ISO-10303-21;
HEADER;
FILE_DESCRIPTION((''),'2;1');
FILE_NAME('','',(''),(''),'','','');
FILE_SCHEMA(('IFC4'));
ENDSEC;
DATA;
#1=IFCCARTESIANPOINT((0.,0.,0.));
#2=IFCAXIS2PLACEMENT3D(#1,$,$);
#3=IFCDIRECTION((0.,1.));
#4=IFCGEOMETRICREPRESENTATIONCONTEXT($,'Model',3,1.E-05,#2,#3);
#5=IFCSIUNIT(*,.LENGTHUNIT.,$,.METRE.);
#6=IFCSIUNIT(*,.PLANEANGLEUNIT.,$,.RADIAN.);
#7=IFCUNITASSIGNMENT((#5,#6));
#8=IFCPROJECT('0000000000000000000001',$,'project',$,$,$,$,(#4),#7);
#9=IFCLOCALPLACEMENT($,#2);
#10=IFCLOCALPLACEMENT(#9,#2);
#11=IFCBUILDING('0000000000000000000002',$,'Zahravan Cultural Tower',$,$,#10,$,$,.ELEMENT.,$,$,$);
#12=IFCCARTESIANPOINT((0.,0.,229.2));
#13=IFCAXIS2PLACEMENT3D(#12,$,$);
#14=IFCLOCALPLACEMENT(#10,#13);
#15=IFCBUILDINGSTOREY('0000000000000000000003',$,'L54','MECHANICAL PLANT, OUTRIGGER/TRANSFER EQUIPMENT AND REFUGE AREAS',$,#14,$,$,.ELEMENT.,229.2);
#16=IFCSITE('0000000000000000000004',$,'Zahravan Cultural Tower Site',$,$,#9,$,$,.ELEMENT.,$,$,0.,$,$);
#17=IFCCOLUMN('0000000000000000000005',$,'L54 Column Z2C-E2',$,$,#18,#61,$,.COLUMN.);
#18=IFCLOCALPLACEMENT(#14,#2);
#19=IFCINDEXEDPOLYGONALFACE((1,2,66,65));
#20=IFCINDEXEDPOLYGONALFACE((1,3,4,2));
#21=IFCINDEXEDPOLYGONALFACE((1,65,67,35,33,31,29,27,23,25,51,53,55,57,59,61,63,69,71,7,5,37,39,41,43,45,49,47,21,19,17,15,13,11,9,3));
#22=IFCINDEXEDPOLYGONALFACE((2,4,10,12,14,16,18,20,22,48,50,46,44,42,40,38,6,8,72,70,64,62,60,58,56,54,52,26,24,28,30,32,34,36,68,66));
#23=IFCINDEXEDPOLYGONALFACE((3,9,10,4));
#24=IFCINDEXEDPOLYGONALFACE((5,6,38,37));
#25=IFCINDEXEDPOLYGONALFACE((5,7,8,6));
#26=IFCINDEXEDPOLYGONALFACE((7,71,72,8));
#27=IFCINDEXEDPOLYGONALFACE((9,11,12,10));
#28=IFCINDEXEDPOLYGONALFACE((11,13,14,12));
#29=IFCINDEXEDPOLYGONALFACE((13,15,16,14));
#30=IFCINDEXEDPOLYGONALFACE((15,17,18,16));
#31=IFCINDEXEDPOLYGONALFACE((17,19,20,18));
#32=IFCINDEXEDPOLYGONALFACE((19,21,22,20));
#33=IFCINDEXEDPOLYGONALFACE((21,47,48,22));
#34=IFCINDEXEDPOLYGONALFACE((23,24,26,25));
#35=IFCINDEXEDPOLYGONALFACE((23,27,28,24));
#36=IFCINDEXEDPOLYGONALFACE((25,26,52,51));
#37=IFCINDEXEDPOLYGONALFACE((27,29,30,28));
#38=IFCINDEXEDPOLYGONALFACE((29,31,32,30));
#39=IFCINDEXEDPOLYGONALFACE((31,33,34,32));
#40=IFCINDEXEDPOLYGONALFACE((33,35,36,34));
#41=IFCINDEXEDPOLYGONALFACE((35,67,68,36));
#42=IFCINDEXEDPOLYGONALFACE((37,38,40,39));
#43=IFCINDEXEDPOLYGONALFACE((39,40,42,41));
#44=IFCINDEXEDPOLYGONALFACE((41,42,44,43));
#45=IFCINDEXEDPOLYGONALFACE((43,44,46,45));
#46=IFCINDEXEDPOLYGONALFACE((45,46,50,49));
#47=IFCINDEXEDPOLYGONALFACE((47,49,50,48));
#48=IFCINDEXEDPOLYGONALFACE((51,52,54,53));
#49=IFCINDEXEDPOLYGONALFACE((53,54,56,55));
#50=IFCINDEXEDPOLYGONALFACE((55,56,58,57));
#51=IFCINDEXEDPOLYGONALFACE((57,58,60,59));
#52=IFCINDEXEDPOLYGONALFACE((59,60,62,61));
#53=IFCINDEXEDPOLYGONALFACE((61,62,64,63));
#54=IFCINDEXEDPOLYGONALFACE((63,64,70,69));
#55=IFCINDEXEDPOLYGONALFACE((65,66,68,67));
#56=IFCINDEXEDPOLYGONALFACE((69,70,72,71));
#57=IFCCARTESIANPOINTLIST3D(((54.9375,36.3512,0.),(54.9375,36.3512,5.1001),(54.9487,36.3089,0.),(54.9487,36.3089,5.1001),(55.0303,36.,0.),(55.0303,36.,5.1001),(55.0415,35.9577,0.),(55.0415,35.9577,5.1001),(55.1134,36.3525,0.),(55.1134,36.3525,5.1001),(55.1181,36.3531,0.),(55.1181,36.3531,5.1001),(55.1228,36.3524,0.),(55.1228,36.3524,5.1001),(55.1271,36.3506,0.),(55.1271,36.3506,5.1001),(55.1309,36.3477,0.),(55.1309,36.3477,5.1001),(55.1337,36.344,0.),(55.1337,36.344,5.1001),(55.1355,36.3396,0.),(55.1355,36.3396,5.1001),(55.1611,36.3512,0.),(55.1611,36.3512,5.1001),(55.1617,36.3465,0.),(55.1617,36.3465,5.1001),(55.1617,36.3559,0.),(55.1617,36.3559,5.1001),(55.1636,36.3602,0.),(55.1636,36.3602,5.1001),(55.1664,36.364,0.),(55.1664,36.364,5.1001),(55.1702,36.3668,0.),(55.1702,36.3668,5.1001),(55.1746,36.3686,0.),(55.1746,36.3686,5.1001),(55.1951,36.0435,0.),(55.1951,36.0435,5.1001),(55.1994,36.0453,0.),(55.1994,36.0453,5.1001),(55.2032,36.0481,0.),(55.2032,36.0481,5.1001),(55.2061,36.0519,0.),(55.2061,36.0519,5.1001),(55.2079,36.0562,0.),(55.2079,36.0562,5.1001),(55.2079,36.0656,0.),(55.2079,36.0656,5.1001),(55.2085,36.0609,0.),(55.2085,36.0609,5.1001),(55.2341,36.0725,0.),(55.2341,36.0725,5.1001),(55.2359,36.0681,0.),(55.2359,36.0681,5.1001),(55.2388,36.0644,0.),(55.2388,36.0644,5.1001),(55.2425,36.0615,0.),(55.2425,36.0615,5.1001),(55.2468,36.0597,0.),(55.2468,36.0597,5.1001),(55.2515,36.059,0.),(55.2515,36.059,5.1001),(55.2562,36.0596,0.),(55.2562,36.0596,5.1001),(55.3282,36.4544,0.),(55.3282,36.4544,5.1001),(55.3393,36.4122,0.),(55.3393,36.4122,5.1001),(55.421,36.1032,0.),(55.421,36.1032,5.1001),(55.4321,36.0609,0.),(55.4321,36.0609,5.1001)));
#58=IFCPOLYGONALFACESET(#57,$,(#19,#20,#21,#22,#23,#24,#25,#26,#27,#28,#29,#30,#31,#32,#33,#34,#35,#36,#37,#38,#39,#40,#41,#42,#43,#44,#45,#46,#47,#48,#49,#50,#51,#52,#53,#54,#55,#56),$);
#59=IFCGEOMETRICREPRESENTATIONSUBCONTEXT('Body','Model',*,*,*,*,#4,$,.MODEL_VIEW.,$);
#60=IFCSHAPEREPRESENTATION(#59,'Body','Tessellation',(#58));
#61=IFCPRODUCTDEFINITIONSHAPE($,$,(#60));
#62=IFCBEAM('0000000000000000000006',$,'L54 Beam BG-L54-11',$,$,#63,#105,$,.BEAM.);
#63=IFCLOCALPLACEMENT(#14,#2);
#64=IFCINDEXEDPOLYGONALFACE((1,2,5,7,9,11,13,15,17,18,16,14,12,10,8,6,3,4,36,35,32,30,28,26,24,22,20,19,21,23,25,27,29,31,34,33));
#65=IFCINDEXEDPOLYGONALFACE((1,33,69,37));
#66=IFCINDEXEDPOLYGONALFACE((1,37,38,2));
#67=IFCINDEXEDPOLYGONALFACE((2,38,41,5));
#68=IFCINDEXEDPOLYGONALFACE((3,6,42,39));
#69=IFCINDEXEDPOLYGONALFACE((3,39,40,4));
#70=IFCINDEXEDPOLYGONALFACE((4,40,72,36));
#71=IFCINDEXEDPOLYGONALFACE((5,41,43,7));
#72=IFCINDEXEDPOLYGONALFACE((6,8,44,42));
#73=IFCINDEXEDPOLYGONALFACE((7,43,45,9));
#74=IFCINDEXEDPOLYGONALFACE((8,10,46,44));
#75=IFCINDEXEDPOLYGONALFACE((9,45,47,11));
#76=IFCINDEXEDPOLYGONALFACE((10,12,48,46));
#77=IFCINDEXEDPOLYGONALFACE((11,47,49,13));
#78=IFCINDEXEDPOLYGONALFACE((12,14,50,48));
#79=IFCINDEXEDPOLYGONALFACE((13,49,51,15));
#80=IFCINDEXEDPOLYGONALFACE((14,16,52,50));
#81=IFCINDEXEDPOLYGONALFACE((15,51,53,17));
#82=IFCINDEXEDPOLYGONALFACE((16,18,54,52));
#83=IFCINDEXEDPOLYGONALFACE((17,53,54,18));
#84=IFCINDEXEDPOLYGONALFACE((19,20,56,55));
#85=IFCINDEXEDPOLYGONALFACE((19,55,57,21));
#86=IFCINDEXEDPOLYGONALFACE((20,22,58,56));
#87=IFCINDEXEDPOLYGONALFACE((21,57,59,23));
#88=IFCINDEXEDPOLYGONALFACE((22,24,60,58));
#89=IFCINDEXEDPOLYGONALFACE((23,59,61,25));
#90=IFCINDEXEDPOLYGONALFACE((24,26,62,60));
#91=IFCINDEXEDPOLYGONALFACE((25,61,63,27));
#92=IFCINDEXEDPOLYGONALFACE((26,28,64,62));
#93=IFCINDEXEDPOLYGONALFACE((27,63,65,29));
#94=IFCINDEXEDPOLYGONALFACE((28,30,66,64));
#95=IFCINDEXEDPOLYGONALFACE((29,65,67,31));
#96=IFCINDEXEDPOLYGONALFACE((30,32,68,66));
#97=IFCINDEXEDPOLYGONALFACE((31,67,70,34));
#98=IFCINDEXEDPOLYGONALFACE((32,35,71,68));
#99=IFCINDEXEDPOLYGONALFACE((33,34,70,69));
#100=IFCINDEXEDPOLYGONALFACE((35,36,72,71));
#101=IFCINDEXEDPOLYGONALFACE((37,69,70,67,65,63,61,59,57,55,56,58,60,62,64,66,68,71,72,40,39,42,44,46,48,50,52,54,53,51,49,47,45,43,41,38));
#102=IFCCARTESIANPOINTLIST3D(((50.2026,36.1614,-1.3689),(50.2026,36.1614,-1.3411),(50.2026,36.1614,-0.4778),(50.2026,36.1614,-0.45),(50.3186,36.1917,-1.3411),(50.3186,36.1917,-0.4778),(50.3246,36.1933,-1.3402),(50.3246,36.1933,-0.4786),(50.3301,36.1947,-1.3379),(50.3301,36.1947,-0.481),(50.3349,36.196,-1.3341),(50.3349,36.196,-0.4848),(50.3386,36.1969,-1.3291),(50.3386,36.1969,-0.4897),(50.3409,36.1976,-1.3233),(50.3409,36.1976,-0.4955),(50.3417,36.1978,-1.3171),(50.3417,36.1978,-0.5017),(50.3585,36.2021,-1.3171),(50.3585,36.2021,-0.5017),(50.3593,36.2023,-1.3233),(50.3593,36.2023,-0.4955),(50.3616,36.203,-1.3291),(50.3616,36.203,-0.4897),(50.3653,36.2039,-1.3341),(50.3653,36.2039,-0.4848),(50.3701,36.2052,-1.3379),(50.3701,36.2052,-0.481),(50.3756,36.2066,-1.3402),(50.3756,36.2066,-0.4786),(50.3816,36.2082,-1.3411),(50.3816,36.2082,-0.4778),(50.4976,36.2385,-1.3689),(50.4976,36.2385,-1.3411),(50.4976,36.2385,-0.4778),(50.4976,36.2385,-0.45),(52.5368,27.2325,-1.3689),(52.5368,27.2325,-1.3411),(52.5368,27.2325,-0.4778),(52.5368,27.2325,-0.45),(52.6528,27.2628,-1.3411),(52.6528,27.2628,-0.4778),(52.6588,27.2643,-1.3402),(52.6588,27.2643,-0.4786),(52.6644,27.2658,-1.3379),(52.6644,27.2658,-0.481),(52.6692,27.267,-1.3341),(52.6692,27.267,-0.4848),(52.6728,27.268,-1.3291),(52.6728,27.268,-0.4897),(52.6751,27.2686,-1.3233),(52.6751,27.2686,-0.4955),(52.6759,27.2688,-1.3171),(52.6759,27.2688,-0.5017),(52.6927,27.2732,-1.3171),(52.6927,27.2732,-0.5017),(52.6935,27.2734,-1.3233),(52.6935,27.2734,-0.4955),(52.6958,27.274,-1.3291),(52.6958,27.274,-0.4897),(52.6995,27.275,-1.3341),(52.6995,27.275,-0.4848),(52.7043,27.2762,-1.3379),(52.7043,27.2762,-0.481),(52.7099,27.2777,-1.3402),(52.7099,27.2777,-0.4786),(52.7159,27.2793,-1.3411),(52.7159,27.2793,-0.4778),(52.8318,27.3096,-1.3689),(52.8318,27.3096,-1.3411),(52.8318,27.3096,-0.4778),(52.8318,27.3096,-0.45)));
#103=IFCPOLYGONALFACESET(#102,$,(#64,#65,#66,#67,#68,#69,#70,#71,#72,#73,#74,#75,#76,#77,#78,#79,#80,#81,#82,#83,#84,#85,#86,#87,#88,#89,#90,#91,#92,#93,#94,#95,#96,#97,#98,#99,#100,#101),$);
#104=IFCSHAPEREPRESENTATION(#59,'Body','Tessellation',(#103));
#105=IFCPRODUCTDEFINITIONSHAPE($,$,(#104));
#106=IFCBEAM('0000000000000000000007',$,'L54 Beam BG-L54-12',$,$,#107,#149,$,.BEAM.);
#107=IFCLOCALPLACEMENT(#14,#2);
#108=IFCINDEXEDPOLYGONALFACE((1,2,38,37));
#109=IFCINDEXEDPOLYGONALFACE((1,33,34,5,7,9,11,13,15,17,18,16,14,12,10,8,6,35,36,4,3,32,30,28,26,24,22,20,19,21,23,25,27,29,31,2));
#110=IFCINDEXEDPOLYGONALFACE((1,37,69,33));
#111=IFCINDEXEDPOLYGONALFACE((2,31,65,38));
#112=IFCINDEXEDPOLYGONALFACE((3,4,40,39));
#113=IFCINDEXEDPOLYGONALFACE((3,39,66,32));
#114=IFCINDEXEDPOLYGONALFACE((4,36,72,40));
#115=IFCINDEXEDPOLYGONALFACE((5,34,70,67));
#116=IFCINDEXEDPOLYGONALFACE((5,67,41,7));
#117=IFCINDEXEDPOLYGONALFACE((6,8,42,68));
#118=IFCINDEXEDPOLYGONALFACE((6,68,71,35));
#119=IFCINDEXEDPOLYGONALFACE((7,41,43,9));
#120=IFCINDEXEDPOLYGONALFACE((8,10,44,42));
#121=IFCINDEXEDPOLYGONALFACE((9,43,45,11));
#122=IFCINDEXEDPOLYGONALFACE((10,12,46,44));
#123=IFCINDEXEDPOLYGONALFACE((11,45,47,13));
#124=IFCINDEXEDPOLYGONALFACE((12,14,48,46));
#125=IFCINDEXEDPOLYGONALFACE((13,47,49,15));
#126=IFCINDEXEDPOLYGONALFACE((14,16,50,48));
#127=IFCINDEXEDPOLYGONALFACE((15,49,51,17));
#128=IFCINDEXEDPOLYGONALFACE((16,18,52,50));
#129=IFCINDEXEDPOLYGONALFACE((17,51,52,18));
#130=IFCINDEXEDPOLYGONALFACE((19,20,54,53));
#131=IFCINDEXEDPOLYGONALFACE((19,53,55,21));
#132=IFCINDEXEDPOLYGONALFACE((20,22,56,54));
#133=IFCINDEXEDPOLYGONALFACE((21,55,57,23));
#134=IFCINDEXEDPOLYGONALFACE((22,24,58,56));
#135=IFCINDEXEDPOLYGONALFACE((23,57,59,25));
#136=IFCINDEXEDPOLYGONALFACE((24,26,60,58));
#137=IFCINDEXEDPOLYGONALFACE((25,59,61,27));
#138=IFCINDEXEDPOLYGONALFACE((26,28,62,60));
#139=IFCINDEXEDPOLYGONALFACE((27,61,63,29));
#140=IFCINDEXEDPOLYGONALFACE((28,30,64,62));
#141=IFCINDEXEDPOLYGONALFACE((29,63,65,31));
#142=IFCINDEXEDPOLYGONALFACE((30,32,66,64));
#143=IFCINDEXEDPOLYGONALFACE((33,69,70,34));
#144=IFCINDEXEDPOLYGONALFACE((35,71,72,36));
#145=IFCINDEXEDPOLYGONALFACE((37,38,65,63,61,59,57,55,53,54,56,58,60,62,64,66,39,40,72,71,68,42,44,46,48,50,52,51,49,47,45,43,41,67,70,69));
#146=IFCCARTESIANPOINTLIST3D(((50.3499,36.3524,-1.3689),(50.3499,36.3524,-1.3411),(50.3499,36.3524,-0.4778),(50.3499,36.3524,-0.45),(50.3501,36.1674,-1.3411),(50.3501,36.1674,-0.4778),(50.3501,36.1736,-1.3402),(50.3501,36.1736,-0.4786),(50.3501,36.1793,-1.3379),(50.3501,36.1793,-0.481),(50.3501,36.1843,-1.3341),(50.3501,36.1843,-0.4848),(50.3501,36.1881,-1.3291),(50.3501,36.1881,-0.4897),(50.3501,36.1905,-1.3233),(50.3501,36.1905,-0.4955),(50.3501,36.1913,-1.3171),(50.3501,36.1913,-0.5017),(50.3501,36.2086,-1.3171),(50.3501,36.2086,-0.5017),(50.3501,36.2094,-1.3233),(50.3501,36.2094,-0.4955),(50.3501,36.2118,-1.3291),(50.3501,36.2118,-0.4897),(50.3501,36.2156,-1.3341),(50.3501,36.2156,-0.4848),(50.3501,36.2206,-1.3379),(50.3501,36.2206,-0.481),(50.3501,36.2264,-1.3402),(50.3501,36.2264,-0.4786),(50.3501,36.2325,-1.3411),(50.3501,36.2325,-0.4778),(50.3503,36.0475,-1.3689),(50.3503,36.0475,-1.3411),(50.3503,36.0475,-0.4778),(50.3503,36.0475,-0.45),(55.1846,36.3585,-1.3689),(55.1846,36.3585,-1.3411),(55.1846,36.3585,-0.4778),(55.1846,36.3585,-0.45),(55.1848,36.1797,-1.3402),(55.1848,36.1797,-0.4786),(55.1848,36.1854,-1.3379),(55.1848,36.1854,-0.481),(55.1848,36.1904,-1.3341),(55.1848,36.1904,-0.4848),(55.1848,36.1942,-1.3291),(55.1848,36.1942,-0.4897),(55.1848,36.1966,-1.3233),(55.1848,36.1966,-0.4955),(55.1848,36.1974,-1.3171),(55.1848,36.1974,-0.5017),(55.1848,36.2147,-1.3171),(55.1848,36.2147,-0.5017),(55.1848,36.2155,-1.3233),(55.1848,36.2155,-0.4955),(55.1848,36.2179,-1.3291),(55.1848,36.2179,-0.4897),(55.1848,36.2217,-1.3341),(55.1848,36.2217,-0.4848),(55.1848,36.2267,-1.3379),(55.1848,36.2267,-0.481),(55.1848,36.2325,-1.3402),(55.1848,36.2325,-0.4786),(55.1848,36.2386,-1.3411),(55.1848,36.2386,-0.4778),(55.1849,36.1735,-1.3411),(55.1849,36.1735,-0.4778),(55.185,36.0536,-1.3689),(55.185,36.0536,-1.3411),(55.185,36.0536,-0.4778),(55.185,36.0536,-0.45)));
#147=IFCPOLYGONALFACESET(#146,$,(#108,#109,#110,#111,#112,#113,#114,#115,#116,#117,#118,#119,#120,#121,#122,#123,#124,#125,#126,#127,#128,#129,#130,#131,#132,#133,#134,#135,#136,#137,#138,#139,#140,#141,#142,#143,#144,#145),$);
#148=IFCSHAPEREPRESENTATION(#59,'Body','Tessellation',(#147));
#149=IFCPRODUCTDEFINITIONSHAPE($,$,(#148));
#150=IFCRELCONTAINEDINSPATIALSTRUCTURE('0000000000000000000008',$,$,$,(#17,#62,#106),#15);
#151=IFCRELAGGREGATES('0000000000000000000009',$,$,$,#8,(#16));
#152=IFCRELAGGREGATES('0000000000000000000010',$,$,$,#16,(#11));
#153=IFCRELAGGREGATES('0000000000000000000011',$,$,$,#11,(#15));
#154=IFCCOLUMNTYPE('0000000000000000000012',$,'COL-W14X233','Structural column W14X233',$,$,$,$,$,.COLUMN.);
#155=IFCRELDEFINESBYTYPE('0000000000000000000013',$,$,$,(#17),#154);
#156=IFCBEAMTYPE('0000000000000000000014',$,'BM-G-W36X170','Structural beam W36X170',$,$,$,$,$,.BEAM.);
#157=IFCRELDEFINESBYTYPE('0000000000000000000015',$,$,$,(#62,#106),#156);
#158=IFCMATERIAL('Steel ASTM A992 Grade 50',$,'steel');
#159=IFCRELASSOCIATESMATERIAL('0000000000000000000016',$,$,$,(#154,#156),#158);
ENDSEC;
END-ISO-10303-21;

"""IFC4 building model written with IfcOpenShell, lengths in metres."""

from ifc_helpers import new_model, si_unit, direction, frame, origin, origin_2d, place, context, subcontext, project, spatial, i_section, extrude, source, transform, mapped, material, material_profile, profile_set, type_object, element, save


model = new_model("IFC4")

# Units and contexts
model_context = context("Model", 3, precision=1e-05, world=origin(), true_north=direction((0.0, 1.0)))
body_context = subcontext(model_context, "Body", "Model", "MODEL_VIEW")
ifc_project = project(units=[si_unit("LENGTHUNIT", "METRE"), si_unit("PLANEANGLEUNIT", "RADIAN")], contexts=[model_context])

# Site, building, storey
site_placement = place(None, origin())
site = spatial("IfcSite", under=ifc_project, at=site_placement, Name="Zahravan Cultural Tower Site", CompositionType="ELEMENT", RefElevation=0.0)
building_placement = place(site_placement, origin())
building = spatial("IfcBuilding", under=site, at=building_placement, Name="Zahravan Cultural Tower", CompositionType="ELEMENT")
storey_placement = place(building_placement, frame((0.0, 0.0, 229.2)))
storey = spatial("IfcBuildingStorey", under=building, at=storey_placement, Name="L54", Description="MECHANICAL PLANT, OUTRIGGER/TRANSFER EQUIPMENT AND REFUGE AREAS", CompositionType="ELEMENT", Elevation=229.2)

# Column
ifc_material_1 = material(Name="Steel ASTM A992 Grade 50", Category="steel")
ifc_material_profile_1 = material_profile(ifc_material_1, i_section(OverallWidth=0.4041, OverallDepth=0.407, WebThickness=0.0271, FlangeThickness=0.0437, FilletRadius=0.0181, at=origin_2d()), Name="W14X233")
ifc_profile_set_1 = profile_set([ifc_material_profile_1], Name="Steel ASTM A992 Grade 50")
column_type = type_object("IfcColumnType", Name="COL-W14X233", Description="Structural column W14X233", PredefinedType="COLUMN", material=ifc_profile_set_1)
shared_shape_1 = source(origin(), body_context, "Body", "SweptSolid", [
    extrude(i_section(OverallWidth=0.4041, OverallDepth=0.407, WebThickness=0.0271, FlangeThickness=0.0437, FilletRadius=0.0181, at=origin_2d()), origin(), (0.0, 0.0, 1.0), 5.1001),
])
column_placement = place(storey_placement, frame((55.1848, 36.2061, 0.0), z_axis=(0.0, 0.0, 1.0), x_axis=(0.966823, 0.255446, 0.0)))
element("IfcColumn", 1, at=column_placement, inside=storey, type_object=column_type, Name="L54 Column Z2C-E2", PredefinedType="COLUMN", context=body_context, shape_type="MappedRepresentation", body=[
    mapped(shared_shape_1, transform((0.0, 0.0, 0.0), x_axis=(1.0, 0.0, 0.0), y_axis=(0.0, 1.0, 0.0), z_axis=(0.0, 0.0, 1.0), scale=1.0)),
])

# Beams
ifc_material_profile_2 = material_profile(ifc_material_1, i_section(OverallWidth=0.3049, OverallDepth=0.9189, WebThickness=0.0173, FlangeThickness=0.0278, FilletRadius=0.0239, at=origin_2d()), Name="W36X170")
ifc_profile_set_2 = profile_set([ifc_material_profile_2], Name="Steel ASTM A992 Grade 50")
beam_type_1 = type_object("IfcBeamType", Name="BM-G-W36X170", Description="Structural beam W36X170", PredefinedType="BEAM", material=ifc_profile_set_2)
shared_shape_2 = source(origin(), body_context, "Body", "SweptSolid", [
    extrude(i_section(OverallWidth=0.3049, OverallDepth=0.9189, WebThickness=0.0173, FlangeThickness=0.0278, FilletRadius=0.0239, at=origin_2d()), origin(), (0.0, 0.0, 1.0), 9.229),
])
beam_1_placement = place(storey_placement, frame((50.3501, 36.2, -0.9094), z_axis=(0.252923, -0.967487, 0.0), x_axis=(0.967487, 0.252923, 0.0)))
element("IfcBeam", 2, at=beam_1_placement, inside=storey, type_object=beam_type_1, Name="L54 Beam BG-L54-11", PredefinedType="BEAM", context=body_context, shape_type="MappedRepresentation", body=[
    mapped(shared_shape_2, transform((0.0, 0.0, 0.0), x_axis=(1.0, 0.0, 0.0), y_axis=(0.0, 1.0, 0.0), z_axis=(0.0, 0.0, 1.0), scale=1.0)),
])
shared_shape_3 = source(origin(), body_context, "Body", "SweptSolid", [
    extrude(i_section(OverallWidth=0.3049, OverallDepth=0.9189, WebThickness=0.0173, FlangeThickness=0.0278, FilletRadius=0.0239, at=origin_2d()), origin(), (0.0, 0.0, 1.0), 4.8347),
])
beam_2_placement = place(storey_placement, frame((50.3501, 36.2, -0.9094), z_axis=(0.999999, 0.001262, 0.0), x_axis=(-0.001262, 0.999999, 0.0)))
element("IfcBeam", 3, at=beam_2_placement, inside=storey, type_object=beam_type_1, Name="L54 Beam BG-L54-12", PredefinedType="BEAM", context=body_context, shape_type="MappedRepresentation", body=[
    mapped(shared_shape_3, transform((0.0, 0.0, 0.0), x_axis=(1.0, 0.0, 0.0), y_axis=(0.0, 1.0, 0.0), z_axis=(0.0, 0.0, 1.0), scale=1.0)),
])

save(model, "model.ifc")
